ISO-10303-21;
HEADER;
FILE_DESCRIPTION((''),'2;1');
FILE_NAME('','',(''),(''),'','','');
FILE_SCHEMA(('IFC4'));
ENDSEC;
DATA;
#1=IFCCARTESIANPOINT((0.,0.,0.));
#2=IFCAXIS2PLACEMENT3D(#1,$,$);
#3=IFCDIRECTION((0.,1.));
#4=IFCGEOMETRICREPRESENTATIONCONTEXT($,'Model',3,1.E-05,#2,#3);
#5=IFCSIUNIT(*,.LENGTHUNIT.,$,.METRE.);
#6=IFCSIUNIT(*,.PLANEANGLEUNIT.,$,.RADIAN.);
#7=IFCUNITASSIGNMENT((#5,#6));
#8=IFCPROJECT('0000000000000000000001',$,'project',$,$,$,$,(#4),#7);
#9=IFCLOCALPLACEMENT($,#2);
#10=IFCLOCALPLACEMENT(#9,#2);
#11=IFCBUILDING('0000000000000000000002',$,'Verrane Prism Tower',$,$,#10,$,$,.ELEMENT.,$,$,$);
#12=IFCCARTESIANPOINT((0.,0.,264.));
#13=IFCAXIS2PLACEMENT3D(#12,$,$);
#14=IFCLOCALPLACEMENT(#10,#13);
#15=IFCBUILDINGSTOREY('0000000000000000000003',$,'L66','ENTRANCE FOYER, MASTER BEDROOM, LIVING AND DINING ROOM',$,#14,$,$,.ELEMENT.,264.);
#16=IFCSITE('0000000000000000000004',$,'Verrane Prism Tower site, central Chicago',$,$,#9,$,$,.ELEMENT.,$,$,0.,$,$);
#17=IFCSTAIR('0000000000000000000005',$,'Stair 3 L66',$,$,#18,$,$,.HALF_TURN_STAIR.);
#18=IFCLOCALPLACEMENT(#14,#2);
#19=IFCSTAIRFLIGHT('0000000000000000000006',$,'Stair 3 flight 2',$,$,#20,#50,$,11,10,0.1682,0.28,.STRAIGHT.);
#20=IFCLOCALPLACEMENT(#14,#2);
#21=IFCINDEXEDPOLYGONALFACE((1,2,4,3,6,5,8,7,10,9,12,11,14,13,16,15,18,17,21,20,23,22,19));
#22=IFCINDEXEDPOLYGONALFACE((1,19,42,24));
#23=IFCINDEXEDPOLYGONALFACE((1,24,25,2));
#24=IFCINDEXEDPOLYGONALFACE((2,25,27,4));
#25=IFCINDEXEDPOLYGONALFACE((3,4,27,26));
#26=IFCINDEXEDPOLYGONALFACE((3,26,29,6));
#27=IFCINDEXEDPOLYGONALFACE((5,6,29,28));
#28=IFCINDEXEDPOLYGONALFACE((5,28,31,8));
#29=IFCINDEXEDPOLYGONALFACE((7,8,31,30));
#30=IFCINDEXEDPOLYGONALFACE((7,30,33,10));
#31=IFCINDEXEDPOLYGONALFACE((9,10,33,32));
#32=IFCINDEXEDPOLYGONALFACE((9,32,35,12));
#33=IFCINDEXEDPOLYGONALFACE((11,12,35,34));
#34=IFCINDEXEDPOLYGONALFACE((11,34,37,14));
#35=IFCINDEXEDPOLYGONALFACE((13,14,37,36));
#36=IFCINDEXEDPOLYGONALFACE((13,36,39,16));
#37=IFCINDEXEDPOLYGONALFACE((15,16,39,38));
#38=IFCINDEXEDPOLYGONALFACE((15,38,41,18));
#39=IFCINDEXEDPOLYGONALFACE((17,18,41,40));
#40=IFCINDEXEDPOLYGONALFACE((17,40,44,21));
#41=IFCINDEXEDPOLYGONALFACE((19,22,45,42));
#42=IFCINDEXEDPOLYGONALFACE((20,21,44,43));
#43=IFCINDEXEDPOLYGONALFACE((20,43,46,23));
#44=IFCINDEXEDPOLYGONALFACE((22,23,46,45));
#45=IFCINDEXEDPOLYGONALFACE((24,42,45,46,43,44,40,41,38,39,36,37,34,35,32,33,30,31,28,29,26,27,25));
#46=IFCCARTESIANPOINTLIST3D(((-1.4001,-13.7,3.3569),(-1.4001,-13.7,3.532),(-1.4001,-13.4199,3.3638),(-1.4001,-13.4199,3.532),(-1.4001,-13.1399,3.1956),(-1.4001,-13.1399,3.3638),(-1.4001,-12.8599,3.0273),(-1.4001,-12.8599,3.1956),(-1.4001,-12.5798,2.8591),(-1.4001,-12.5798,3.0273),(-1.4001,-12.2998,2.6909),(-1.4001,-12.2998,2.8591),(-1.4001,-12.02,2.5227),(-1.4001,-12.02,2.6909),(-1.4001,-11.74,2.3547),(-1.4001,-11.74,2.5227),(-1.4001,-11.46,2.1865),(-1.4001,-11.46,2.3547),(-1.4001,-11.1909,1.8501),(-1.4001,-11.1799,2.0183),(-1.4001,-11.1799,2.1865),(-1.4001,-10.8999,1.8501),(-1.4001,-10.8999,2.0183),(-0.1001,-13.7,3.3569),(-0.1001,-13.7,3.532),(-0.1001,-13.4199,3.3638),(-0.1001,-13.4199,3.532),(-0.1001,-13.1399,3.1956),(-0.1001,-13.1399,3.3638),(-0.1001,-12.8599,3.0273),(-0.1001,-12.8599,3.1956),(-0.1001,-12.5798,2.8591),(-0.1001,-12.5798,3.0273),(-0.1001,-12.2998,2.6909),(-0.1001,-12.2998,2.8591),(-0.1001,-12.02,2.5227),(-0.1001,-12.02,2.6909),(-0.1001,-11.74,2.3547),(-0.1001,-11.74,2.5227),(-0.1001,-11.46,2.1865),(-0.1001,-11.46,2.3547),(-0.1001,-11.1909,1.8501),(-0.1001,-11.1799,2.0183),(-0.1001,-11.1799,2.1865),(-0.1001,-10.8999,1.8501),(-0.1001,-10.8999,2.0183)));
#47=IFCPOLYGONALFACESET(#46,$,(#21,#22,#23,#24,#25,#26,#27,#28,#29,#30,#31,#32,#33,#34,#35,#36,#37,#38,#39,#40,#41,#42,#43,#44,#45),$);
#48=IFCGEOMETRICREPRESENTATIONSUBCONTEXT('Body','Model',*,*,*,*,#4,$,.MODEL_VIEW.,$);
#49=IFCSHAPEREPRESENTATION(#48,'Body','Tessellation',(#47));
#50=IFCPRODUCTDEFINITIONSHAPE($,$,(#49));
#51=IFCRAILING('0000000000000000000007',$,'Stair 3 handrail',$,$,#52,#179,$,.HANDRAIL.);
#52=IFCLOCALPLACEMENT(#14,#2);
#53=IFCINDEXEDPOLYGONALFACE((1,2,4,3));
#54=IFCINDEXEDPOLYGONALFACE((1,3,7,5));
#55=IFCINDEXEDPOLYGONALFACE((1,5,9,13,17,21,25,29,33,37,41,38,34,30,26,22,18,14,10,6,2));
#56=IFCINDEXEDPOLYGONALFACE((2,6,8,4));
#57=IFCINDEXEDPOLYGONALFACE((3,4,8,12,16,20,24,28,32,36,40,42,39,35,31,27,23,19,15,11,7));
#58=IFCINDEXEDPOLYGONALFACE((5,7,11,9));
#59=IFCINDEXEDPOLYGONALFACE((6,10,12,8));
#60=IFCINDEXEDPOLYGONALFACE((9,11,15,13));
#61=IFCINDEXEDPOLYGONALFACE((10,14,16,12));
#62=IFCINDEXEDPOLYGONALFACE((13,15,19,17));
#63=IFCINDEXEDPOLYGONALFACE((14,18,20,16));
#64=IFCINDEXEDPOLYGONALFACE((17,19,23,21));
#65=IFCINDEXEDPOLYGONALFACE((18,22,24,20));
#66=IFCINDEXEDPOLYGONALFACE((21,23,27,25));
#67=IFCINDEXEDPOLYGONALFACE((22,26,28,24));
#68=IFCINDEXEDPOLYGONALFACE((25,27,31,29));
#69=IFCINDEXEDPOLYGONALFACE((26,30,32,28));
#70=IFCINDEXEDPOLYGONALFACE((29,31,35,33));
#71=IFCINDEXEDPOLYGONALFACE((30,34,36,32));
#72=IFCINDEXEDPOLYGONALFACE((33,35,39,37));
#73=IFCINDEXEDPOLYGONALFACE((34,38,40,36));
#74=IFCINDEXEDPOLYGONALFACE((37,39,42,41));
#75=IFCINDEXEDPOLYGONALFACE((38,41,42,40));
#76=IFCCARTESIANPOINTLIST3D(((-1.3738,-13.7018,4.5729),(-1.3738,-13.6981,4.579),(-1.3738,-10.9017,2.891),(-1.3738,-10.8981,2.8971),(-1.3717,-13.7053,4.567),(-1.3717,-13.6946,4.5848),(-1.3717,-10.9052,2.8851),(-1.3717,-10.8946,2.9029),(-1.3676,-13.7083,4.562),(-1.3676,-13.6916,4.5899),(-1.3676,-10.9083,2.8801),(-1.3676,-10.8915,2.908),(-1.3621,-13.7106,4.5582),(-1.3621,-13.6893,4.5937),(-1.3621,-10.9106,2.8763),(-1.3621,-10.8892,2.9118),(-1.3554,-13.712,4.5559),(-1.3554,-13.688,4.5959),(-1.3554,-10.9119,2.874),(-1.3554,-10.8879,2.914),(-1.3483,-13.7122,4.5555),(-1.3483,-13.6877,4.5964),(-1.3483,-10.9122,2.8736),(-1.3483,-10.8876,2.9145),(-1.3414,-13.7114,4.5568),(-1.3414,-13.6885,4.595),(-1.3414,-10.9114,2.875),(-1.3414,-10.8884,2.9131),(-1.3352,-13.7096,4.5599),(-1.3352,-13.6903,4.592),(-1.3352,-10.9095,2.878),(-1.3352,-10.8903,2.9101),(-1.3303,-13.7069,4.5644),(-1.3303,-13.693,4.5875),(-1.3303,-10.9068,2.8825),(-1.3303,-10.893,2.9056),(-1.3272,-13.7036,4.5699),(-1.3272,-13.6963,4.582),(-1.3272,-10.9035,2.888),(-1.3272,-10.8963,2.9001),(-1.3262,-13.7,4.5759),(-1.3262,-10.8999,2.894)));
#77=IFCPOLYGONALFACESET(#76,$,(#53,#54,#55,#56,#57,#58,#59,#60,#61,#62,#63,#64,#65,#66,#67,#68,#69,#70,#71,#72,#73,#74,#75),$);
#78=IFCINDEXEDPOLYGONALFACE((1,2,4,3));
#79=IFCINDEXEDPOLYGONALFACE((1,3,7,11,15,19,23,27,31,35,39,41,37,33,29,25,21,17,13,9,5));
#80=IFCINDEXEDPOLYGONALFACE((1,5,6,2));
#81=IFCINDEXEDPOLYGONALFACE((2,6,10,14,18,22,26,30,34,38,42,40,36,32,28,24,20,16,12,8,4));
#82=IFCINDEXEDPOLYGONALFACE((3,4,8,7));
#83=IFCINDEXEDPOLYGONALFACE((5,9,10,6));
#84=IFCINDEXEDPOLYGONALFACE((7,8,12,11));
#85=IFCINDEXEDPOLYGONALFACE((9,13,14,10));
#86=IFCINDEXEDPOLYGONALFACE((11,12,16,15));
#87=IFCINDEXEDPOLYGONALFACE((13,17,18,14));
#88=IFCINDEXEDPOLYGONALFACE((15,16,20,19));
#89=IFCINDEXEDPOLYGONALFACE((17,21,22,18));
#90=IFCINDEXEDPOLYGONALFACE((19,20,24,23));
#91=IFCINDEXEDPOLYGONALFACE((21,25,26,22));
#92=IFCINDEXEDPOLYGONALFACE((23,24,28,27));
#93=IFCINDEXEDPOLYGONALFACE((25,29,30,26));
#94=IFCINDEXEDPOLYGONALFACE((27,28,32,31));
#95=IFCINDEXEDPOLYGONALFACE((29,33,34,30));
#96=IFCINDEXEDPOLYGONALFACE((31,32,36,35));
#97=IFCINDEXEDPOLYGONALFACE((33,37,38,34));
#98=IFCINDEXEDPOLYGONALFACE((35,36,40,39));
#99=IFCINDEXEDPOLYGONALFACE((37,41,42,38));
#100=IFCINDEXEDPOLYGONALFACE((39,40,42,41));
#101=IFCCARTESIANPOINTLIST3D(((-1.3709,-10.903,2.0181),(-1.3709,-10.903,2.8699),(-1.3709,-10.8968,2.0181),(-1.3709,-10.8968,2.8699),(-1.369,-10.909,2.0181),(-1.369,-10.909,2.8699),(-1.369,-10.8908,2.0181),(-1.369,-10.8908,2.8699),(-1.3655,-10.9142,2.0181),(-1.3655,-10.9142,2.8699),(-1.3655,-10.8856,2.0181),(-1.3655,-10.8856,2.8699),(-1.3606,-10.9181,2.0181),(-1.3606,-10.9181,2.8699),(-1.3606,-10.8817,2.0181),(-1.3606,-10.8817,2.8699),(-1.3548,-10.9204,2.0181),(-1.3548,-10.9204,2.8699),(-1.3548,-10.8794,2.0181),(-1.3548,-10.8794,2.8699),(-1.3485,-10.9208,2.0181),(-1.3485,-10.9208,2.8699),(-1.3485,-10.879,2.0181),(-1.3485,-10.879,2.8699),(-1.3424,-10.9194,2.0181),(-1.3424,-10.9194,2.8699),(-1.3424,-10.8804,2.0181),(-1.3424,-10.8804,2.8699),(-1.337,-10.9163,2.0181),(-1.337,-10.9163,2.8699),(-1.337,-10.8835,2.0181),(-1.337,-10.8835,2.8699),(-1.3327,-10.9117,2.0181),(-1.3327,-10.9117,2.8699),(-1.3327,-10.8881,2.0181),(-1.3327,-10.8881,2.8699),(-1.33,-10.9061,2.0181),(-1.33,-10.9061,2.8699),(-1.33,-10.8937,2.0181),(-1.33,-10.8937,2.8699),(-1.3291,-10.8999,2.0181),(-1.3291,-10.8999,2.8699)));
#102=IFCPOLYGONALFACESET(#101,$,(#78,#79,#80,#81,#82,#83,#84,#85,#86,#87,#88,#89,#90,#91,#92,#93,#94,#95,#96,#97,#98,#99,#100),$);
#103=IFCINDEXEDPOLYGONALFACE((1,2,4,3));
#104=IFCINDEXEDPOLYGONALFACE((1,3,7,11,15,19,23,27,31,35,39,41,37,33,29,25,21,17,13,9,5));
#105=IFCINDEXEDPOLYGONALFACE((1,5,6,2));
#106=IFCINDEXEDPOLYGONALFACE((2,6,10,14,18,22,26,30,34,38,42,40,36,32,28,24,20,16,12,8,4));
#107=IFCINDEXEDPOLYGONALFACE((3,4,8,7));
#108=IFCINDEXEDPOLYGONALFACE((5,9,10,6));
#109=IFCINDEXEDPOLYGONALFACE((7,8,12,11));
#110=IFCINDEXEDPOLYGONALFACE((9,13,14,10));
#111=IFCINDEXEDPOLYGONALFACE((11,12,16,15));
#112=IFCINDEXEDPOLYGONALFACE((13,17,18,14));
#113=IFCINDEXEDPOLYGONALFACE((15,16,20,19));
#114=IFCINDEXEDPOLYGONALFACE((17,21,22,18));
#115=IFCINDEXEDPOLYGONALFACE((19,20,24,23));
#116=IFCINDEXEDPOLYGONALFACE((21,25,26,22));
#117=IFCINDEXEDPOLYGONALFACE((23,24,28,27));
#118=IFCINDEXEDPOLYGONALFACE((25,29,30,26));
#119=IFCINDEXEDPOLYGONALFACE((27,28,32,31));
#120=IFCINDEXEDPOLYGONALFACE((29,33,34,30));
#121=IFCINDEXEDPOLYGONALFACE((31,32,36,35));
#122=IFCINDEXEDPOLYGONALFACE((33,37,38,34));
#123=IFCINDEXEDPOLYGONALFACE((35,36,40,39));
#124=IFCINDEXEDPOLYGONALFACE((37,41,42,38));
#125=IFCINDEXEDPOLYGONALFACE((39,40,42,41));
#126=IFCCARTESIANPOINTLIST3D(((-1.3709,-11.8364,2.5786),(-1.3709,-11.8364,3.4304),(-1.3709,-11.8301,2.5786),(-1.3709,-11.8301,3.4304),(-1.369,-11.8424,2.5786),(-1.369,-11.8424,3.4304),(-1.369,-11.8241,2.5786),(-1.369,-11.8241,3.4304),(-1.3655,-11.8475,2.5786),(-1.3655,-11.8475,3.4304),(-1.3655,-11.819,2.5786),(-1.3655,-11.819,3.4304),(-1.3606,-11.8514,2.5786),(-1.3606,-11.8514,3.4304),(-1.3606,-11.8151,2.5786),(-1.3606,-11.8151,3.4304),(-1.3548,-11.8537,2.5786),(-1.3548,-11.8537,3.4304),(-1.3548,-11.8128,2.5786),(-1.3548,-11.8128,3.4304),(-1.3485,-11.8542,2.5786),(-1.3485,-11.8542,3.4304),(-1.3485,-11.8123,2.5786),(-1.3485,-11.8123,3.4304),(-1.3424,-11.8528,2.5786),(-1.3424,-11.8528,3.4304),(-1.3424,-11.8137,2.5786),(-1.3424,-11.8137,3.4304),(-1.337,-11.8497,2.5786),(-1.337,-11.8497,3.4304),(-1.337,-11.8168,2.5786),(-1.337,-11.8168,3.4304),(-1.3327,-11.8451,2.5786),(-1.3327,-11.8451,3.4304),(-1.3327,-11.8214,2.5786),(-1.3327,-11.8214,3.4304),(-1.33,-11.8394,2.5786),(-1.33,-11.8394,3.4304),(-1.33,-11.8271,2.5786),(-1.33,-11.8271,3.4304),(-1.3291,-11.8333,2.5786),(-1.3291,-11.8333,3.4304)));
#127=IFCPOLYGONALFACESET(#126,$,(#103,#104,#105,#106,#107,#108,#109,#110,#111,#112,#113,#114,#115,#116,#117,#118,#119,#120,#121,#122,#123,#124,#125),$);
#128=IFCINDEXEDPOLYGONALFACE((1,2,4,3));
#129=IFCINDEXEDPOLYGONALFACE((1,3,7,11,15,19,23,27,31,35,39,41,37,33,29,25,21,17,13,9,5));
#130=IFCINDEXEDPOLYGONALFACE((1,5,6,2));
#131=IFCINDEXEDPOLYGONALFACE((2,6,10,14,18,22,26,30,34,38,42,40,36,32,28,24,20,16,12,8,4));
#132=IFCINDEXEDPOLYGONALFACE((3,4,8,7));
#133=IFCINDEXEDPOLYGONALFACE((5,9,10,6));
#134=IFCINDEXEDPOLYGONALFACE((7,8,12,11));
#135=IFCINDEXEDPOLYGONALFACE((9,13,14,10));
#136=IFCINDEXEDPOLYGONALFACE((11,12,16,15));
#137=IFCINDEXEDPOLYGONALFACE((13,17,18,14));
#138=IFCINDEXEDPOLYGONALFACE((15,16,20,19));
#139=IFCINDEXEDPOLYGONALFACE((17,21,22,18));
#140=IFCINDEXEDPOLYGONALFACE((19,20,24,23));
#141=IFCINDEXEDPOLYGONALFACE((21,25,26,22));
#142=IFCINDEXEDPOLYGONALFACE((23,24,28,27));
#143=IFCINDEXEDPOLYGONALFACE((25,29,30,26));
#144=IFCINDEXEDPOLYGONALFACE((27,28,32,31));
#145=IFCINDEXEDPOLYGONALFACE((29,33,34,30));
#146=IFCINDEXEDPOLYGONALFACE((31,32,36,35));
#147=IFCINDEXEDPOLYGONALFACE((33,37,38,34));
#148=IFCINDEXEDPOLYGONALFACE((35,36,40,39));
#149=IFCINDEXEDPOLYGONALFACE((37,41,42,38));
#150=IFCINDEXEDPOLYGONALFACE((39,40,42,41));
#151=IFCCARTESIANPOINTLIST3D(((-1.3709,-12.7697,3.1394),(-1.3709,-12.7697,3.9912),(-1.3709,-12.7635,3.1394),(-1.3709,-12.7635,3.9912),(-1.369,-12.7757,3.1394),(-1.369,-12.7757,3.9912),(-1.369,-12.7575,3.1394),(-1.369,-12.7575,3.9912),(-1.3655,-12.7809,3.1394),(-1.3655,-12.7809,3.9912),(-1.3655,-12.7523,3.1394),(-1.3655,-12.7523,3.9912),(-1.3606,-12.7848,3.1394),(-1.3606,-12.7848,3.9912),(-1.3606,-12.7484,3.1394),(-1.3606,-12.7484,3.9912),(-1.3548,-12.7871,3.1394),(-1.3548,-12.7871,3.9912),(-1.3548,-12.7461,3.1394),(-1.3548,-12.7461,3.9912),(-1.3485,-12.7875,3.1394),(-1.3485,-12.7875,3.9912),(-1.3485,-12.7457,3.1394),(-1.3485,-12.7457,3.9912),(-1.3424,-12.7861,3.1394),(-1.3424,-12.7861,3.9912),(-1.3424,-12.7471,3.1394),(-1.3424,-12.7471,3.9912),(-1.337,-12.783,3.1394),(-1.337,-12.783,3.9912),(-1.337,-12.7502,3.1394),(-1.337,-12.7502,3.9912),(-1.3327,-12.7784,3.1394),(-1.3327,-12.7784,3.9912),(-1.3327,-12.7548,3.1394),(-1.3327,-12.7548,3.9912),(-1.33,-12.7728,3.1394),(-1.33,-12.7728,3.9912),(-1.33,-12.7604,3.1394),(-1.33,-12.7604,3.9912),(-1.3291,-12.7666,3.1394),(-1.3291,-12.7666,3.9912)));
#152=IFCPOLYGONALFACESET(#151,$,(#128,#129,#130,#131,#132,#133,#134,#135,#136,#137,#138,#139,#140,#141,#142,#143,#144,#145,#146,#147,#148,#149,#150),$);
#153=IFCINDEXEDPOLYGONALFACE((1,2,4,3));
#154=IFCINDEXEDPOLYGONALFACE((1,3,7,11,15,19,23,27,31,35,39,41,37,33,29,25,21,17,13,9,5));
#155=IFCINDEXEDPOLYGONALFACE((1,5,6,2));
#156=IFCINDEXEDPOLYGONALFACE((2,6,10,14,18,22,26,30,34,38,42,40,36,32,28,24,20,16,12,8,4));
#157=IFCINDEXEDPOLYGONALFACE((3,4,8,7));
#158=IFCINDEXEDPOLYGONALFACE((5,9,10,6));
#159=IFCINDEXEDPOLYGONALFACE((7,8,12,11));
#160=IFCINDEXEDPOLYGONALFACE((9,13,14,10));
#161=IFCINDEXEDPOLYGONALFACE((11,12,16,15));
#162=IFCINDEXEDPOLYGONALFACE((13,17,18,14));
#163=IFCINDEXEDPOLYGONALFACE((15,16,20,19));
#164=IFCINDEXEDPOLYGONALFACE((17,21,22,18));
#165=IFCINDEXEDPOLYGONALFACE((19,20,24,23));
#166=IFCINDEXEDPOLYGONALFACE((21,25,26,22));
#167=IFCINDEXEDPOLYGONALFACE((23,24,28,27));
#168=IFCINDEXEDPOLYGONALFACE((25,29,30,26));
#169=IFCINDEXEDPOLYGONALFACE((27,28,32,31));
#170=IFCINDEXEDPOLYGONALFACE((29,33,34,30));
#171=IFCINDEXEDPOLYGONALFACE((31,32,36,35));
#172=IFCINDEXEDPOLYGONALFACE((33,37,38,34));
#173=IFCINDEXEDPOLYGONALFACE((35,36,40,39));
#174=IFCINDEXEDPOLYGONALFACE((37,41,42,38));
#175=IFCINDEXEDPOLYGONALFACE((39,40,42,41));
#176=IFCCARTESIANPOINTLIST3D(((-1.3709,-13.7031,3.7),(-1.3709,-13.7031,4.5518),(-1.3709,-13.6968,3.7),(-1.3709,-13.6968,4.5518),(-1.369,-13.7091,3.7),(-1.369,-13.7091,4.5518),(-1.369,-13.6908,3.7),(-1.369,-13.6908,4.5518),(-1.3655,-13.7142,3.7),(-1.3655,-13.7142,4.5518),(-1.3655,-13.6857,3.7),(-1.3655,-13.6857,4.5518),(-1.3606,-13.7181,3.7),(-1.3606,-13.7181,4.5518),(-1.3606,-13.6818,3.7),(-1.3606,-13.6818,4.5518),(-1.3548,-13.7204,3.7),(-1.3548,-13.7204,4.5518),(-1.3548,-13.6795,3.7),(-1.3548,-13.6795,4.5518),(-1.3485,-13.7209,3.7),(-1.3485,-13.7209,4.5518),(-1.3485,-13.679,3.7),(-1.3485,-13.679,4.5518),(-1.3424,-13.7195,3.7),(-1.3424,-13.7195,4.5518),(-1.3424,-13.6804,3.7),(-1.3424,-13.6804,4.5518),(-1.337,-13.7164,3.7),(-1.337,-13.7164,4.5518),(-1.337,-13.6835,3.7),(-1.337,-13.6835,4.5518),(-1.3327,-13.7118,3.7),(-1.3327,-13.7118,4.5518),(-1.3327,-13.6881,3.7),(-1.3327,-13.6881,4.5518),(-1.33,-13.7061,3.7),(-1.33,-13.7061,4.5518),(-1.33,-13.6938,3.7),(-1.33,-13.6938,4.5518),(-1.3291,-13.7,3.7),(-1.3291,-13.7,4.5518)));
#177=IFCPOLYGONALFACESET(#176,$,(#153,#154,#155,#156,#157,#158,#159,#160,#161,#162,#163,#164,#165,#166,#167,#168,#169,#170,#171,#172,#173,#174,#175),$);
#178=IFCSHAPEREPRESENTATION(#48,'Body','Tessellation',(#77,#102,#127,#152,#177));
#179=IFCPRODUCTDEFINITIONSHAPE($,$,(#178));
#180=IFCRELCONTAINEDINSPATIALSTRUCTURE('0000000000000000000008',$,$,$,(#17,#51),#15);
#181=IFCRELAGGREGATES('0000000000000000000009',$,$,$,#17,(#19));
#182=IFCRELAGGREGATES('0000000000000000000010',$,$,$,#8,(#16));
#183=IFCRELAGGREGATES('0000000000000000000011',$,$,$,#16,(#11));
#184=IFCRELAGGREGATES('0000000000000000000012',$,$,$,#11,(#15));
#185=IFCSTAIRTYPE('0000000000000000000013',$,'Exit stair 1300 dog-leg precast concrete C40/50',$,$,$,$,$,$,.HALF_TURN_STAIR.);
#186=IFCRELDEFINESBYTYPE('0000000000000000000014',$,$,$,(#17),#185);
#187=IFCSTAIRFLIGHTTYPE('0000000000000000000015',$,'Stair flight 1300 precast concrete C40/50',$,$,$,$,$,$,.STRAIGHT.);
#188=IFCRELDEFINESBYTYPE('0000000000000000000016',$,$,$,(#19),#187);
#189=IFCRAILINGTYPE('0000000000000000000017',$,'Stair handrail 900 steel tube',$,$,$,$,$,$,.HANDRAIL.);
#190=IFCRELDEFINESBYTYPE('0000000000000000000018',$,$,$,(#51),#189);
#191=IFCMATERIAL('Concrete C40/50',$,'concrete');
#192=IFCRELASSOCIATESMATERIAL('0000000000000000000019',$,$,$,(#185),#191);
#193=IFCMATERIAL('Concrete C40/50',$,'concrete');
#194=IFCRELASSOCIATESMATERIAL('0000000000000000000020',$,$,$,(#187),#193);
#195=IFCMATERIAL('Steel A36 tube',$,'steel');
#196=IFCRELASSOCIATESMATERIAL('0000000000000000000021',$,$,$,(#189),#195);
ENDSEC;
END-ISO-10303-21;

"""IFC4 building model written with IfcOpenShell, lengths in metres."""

from ifc_helpers import new_model, si_unit, direction, frame, origin, origin_2d, place, context, subcontext, project, spatial, polyline, circle, outline, extrude, material, type_object, element, aggregate, save


model = new_model("IFC4")

# Units and contexts
model_context = context("Model", 3, precision=1e-05, world=origin(), true_north=direction((0.0, 1.0)))
body_context = subcontext(model_context, "Body", "Model", "MODEL_VIEW")
ifc_project = project(units=[si_unit("LENGTHUNIT", "METRE"), si_unit("PLANEANGLEUNIT", "RADIAN")], contexts=[model_context])

# Site, building, storey
site_placement = place(None, origin())
site = spatial("IfcSite", under=ifc_project, at=site_placement, Name="Verrane Prism Tower site, central Chicago", CompositionType="ELEMENT", RefElevation=0.0)
building_placement = place(site_placement, origin())
building = spatial("IfcBuilding", under=site, at=building_placement, Name="Verrane Prism Tower", CompositionType="ELEMENT")
storey_placement = place(building_placement, frame((0.0, 0.0, 264.0)))
storey = spatial("IfcBuildingStorey", under=building, at=storey_placement, Name="L66", Description="ENTRANCE FOYER, MASTER BEDROOM, LIVING AND DINING ROOM", CompositionType="ELEMENT", Elevation=264.0)

# Stair, stair flight
ifc_material_1 = material(Name="Concrete C40/50", Category="concrete")
stair_type = type_object("IfcStairType", Name="Exit stair 1300 dog-leg precast concrete C40/50", PredefinedType="HALF_TURN_STAIR", material=ifc_material_1)
stair_placement = place(storey_placement, origin())
stair = element("IfcStair", 1, at=stair_placement, inside=storey, type_object=stair_type, Name="Stair 3 L66", PredefinedType="HALF_TURN_STAIR")
ifc_material_2 = material(Name="Concrete C40/50", Category="concrete")
stair_flight_type = type_object("IfcStairFlightType", Name="Stair flight 1300 precast concrete C40/50", PredefinedType="STRAIGHT", material=ifc_material_2)
stair_flight_placement = place(storey_placement, frame((-0.75, -10.8999, 1.8501), z_axis=(0.0, 0.0, 1.0), x_axis=(0.0, -1.0, 0.0)))
stair_flight = element("IfcStairFlight", 2, at=stair_flight_placement, type_object=stair_flight_type, Name="Stair 3 flight 2", NumberOfRisers=11, NumberOfTreads=10, PredefinedType="STRAIGHT", RiserHeight=0.1682, TreadLength=0.28, context=body_context, shape_type="SweptSolid", body=[
    extrude(outline(polyline([(0.0, 0.0), (0.0, 0.1682), (0.28, 0.1682), (0.28, 0.3364), (0.5601, 0.3364), (0.5601, 0.5046), (0.8401, 0.5046), (0.8401, 0.6726), (1.1201, 0.6726), (1.1201, 0.8408), (1.3999, 0.8408), (1.3999, 1.009), (1.6799, 1.009), (1.6799, 1.1772), (1.96, 1.1772), (1.96, 1.3455), (2.24, 1.3455), (2.24, 1.5137), (2.52, 1.5137), (2.52, 1.6819), (2.8, 1.6819), (2.8, 1.8501), (2.8, 1.5068), (0.291, 0.0), (0.0, 0.0)])), frame((0.0, 0.6499, 0.0), z_axis=(0.0, -1.0, 0.0), x_axis=(1.0, 0.0, 0.0)), (0.0, 0.0, 1.0), 1.3),
])
aggregate(stair, [stair_flight])

# Railing
ifc_material_3 = material(Name="Steel A36 tube", Category="steel")
railing_type = type_object("IfcRailingType", Name="Stair handrail 900 steel tube", PredefinedType="HANDRAIL", material=ifc_material_3)
railing_placement = place(storey_placement, frame((-1.3501, -10.8999, 2.0181)))
element("IfcRailing", 3, at=railing_placement, inside=storey, type_object=railing_type, Name="Stair 3 handrail", PredefinedType="HANDRAIL", context=body_context, shape_type="SweptSolid", body=[
    extrude(circle(Radius=0.0239, at=origin_2d()), frame((0.0, 0.0, 0.876), z_axis=(0.0, -0.857242, 0.514913), x_axis=(1.0, 0.0, 0.0)), (0.0, 0.0, 1.0), 3.2664),
    extrude(circle(Radius=0.021, at=origin_2d()), origin(), (0.0, 0.0, 1.0), 0.8518),
    extrude(circle(Radius=0.021, at=origin_2d()), frame((0.0, -0.9333, 0.5605)), (0.0, 0.0, 1.0), 0.8518),
    extrude(circle(Radius=0.021, at=origin_2d()), frame((0.0, -1.8667, 1.1213)), (0.0, 0.0, 1.0), 0.8518),
    extrude(circle(Radius=0.021, at=origin_2d()), frame((0.0, -2.8, 1.6819)), (0.0, 0.0, 1.0), 0.8518),
])

save(model, "model.ifc")
